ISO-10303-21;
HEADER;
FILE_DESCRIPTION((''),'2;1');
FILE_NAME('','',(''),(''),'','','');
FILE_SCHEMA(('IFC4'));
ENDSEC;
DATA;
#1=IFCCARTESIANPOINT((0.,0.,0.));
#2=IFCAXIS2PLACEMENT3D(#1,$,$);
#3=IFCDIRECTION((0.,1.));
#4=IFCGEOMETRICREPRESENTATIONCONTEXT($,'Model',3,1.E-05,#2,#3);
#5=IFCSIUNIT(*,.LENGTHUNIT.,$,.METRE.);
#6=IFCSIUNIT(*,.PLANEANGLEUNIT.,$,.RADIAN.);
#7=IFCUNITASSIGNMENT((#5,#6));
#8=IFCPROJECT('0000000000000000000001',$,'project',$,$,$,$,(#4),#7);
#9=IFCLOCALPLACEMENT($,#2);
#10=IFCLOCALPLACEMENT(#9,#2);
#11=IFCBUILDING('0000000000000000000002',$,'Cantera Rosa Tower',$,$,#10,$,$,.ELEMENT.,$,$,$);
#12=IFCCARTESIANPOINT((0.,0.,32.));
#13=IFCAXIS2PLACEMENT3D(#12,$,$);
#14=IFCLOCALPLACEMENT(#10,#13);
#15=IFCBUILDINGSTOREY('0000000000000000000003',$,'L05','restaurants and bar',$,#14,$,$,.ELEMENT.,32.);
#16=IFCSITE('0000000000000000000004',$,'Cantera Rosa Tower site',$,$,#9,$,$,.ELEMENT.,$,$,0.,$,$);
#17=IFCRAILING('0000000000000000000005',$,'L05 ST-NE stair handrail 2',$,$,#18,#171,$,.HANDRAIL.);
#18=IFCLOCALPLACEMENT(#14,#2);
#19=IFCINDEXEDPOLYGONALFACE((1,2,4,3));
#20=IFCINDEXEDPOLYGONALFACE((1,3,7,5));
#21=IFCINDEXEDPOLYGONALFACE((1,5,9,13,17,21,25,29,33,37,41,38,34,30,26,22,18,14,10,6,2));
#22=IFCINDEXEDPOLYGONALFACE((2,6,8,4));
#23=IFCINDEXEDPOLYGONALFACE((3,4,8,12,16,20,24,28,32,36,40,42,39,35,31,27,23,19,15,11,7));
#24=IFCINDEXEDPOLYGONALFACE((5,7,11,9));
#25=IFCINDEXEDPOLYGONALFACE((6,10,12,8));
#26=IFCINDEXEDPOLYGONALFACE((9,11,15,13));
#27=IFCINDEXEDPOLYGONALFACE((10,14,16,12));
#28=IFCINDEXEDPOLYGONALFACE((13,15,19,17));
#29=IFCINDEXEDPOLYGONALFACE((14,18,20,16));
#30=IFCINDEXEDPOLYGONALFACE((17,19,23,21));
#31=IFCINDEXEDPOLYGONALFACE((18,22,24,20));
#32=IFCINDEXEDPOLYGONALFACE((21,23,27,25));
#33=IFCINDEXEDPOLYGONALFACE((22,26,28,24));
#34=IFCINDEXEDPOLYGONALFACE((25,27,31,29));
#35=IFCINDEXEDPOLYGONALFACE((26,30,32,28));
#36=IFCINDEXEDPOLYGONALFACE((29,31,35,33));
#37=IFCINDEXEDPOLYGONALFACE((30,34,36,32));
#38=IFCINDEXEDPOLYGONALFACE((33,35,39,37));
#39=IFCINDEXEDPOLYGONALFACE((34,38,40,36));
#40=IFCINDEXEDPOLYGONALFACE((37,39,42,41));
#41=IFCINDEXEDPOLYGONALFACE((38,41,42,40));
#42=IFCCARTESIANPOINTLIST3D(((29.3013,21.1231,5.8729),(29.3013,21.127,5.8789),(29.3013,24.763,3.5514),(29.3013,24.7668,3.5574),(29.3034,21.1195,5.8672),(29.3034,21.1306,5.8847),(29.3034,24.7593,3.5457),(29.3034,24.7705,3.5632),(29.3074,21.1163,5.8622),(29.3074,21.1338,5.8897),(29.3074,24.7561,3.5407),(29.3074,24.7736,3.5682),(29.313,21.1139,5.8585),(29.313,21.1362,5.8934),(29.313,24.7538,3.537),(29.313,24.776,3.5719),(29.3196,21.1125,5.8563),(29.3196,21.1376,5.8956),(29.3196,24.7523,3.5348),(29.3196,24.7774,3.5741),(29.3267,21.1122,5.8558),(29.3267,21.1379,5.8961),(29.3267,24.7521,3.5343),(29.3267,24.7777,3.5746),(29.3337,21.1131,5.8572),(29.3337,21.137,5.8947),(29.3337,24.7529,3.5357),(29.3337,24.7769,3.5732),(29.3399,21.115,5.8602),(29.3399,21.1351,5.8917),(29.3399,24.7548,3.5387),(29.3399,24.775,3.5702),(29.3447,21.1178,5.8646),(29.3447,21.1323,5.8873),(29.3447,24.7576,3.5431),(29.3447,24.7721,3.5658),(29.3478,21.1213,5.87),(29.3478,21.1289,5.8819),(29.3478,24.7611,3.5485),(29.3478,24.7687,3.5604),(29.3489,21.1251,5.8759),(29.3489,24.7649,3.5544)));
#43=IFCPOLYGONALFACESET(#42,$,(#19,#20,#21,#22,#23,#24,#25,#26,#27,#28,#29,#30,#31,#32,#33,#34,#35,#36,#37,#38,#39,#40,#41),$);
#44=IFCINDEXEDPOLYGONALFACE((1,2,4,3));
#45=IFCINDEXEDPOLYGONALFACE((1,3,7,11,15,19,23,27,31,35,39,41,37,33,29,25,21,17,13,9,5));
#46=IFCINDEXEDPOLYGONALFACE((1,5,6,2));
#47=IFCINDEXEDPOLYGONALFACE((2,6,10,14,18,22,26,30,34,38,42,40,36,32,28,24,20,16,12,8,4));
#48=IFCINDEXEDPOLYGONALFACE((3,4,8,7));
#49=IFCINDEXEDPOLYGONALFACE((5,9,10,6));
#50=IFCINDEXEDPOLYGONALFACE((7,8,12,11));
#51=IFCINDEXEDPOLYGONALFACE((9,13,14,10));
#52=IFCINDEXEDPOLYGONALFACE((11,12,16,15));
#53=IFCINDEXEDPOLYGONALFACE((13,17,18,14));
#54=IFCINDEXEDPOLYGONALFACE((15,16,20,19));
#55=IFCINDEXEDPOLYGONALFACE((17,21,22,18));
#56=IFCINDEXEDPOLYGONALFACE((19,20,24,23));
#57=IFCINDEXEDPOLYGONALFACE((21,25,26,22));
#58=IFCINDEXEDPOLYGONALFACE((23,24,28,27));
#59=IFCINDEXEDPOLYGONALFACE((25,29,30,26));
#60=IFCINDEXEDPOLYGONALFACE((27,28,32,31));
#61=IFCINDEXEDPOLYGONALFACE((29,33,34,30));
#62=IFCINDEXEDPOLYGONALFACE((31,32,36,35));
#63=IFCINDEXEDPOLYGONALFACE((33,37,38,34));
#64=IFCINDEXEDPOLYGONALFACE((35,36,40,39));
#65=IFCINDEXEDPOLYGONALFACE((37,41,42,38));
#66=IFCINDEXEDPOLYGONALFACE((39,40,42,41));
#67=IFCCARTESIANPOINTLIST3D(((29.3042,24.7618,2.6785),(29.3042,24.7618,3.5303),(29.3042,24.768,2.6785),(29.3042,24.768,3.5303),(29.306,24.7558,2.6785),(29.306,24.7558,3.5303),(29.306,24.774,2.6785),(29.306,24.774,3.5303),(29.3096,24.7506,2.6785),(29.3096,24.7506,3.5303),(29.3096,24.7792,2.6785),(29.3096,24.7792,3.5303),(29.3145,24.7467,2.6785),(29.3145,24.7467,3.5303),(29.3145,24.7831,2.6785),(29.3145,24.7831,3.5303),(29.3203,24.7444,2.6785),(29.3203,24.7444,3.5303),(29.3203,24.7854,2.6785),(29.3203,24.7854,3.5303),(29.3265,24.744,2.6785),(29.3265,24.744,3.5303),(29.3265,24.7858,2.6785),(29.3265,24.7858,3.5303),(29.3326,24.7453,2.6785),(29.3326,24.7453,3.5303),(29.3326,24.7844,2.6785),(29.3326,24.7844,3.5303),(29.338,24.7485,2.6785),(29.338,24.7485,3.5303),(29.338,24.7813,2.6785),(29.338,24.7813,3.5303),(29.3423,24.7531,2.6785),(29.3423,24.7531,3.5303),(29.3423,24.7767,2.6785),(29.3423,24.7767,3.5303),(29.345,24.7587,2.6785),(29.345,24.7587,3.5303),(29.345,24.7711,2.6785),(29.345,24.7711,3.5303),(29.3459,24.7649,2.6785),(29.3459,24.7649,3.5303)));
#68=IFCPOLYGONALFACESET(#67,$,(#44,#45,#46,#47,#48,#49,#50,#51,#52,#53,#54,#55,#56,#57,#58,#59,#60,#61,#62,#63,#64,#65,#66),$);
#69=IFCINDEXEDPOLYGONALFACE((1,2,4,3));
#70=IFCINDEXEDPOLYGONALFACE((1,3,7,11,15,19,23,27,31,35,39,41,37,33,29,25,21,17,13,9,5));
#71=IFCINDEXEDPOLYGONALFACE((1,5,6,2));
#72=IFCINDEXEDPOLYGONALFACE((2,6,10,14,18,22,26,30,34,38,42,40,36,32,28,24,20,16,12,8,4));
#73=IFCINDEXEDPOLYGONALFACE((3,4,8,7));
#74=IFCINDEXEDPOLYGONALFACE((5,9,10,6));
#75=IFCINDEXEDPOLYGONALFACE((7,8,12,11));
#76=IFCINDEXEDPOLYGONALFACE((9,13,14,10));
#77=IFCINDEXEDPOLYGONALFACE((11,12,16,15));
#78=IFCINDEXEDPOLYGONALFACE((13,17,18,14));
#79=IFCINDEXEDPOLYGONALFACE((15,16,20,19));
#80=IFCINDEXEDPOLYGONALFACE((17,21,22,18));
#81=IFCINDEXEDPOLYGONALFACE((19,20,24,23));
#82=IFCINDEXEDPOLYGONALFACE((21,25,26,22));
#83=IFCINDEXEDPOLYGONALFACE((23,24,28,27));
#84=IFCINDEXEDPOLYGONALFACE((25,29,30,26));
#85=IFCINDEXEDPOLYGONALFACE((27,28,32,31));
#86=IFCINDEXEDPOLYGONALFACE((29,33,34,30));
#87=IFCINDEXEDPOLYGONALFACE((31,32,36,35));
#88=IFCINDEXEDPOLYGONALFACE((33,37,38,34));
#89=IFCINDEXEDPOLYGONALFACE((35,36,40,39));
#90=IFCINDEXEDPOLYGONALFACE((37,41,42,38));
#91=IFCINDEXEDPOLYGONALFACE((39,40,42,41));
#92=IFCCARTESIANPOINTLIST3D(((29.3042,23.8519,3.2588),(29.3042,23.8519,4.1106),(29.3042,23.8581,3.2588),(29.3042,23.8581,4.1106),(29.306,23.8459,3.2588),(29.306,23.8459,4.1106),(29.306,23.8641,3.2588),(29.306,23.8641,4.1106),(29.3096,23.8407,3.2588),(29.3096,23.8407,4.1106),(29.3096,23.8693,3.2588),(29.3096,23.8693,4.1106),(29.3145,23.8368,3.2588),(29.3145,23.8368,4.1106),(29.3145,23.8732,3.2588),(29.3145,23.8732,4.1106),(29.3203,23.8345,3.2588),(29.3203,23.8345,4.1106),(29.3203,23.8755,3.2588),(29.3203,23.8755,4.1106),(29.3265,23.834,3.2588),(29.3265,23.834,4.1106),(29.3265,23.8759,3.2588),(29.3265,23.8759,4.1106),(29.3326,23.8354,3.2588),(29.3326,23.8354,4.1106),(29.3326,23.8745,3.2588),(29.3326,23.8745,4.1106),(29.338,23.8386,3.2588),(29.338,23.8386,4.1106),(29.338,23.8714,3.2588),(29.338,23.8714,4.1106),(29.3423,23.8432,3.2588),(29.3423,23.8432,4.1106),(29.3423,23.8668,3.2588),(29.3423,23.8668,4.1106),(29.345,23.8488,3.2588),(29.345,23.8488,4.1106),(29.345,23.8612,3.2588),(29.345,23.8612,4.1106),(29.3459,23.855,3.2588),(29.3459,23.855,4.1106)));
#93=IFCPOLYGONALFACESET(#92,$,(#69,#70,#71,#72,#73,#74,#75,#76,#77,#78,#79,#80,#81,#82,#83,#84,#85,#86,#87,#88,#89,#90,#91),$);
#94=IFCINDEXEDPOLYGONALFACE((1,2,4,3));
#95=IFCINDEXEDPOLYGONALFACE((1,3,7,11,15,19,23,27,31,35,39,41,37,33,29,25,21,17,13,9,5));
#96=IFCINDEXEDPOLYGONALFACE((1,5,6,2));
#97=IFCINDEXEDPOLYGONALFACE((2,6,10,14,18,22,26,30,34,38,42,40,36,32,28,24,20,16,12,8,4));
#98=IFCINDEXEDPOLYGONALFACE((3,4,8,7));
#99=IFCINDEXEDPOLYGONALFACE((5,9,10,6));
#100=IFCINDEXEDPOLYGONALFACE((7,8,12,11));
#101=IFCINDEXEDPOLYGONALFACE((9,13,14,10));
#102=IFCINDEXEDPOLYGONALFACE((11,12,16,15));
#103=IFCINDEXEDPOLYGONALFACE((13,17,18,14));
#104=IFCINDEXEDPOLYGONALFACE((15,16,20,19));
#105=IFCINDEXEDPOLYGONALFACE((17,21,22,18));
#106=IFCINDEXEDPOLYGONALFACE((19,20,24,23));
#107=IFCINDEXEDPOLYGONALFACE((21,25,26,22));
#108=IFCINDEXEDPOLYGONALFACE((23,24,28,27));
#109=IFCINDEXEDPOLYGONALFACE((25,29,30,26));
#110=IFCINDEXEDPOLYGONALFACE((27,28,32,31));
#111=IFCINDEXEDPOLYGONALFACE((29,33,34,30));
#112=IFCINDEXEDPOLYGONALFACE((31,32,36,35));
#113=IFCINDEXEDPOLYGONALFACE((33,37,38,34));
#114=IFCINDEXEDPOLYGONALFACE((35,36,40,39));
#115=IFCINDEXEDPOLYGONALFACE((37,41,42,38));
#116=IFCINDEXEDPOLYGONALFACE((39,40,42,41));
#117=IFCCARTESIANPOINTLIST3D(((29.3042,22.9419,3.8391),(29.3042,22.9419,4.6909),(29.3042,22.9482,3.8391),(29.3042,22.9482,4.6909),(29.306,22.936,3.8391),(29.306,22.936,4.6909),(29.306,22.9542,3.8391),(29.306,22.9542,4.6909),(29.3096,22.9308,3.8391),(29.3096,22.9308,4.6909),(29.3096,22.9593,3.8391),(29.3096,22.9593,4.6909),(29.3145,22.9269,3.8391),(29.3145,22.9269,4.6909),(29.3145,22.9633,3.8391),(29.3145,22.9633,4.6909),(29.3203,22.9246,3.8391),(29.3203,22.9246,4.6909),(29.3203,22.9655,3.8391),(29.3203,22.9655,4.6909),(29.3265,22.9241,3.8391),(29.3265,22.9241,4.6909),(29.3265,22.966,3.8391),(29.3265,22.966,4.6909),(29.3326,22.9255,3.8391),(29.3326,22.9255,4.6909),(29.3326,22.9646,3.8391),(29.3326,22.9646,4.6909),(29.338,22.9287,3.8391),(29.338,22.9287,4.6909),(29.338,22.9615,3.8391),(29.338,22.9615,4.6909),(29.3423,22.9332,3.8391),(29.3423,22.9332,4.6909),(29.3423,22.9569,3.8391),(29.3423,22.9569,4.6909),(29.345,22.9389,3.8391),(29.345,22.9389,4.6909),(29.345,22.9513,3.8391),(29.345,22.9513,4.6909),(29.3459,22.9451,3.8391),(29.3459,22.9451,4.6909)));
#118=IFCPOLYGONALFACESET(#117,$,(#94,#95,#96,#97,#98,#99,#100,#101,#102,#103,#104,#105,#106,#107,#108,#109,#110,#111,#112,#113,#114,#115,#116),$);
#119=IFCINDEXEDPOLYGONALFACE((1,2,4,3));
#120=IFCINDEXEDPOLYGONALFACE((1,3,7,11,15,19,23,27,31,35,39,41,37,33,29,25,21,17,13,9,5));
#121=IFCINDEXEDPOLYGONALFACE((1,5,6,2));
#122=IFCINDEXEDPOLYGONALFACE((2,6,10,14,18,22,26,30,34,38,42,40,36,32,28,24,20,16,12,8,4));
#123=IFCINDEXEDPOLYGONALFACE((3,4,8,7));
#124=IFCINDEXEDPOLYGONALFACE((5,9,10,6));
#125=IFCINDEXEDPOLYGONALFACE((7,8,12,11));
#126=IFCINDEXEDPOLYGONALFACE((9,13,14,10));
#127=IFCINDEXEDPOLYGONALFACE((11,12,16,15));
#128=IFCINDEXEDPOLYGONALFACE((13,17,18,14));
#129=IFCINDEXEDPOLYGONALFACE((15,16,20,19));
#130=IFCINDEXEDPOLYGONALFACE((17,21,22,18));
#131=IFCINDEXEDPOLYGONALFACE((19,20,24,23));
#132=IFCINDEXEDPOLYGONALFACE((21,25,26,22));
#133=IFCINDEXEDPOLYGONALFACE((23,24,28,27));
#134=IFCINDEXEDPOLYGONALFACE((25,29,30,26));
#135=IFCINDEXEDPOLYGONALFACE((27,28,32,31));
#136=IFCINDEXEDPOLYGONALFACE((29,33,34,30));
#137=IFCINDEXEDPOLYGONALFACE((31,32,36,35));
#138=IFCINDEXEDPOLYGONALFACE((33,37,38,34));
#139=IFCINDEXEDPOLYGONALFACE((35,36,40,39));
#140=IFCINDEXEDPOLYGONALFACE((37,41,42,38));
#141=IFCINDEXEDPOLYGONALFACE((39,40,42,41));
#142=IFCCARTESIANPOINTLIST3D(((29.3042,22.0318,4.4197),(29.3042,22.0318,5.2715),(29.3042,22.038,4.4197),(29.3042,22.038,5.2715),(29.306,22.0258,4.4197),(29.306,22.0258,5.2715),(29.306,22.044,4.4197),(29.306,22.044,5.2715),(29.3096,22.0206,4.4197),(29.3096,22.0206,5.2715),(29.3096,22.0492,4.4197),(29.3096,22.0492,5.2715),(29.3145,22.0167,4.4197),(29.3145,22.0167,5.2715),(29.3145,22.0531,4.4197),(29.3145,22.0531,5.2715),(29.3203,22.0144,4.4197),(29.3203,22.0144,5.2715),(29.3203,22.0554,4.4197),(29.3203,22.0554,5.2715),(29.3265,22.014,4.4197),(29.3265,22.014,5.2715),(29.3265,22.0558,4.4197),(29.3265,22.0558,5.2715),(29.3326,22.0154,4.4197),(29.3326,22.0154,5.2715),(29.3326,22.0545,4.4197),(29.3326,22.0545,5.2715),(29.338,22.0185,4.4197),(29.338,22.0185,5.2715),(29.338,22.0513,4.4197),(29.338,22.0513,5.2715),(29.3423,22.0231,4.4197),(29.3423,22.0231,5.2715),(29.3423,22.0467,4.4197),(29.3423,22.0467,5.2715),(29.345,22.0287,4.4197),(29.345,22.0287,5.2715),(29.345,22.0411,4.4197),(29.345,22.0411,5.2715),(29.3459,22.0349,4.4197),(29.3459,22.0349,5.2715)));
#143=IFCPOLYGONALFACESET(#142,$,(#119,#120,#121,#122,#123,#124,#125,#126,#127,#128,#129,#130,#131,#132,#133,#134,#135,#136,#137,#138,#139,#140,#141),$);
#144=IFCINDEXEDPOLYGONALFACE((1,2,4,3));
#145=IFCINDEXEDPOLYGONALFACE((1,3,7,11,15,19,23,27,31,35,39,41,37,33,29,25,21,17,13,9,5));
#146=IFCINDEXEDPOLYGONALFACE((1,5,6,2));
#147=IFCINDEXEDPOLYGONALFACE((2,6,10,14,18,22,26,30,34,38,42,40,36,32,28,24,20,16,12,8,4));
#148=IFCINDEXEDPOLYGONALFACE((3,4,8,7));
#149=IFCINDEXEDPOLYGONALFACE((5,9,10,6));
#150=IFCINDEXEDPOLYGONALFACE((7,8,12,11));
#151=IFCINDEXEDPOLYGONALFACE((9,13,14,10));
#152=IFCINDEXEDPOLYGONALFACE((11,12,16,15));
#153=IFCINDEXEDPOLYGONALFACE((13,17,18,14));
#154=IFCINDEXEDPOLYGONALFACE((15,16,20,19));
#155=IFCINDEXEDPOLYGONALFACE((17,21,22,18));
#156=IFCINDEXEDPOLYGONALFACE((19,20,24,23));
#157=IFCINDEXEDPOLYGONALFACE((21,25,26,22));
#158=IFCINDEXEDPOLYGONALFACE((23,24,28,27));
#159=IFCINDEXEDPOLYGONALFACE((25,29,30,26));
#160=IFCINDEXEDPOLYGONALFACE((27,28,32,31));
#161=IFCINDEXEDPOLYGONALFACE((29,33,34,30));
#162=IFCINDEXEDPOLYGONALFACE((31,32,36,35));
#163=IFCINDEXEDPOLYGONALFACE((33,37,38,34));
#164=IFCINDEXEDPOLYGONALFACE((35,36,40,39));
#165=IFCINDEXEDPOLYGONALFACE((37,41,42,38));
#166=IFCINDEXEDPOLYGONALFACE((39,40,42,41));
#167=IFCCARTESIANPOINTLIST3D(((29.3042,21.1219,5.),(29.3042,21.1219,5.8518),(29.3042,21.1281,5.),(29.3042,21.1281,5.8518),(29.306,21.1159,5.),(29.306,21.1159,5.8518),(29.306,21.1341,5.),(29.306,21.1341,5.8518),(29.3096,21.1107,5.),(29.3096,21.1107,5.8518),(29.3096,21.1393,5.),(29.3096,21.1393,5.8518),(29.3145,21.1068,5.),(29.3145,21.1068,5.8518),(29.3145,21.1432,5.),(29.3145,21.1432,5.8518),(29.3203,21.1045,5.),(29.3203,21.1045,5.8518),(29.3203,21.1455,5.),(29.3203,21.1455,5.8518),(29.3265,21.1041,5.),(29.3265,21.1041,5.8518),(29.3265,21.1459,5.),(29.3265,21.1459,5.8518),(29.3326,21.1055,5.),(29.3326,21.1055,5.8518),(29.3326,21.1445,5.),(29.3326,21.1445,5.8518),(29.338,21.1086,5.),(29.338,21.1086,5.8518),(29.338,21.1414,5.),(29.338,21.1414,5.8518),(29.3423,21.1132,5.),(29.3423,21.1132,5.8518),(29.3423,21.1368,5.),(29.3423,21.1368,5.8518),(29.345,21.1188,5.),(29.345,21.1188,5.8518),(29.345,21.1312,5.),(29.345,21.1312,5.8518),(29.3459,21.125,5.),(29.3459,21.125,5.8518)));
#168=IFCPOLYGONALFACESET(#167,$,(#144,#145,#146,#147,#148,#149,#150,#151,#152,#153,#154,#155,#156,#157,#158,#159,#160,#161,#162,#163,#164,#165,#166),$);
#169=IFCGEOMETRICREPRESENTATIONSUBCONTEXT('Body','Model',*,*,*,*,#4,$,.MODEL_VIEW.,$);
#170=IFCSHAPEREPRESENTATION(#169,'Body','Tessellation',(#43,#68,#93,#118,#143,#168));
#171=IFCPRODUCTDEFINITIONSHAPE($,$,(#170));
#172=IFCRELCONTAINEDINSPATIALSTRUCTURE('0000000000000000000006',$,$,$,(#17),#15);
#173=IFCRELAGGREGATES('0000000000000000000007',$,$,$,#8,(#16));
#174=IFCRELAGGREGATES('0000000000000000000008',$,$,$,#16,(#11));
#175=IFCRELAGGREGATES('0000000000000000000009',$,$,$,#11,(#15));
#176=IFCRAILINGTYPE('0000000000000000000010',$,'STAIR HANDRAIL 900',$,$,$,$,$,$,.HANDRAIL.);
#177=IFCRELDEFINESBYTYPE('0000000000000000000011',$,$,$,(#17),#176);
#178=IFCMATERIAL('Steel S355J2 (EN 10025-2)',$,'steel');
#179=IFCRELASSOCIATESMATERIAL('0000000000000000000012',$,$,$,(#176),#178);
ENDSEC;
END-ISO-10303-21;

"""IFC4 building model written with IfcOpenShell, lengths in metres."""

from ifc_helpers import new_model, si_unit, direction, frame, origin, origin_2d, place, context, subcontext, project, spatial, circle, extrude, material, type_object, element, save


model = new_model("IFC4")

# Units and contexts
model_context = context("Model", 3, precision=1e-05, world=origin(), true_north=direction((0.0, 1.0)))
body_context = subcontext(model_context, "Body", "Model", "MODEL_VIEW")
ifc_project = project(units=[si_unit("LENGTHUNIT", "METRE"), si_unit("PLANEANGLEUNIT", "RADIAN")], contexts=[model_context])

# Site, building, storey
site_placement = place(None, origin())
site = spatial("IfcSite", under=ifc_project, at=site_placement, Name="Cantera Rosa Tower site", CompositionType="ELEMENT", RefElevation=0.0)
building_placement = place(site_placement, origin())
building = spatial("IfcBuilding", under=site, at=building_placement, Name="Cantera Rosa Tower", CompositionType="ELEMENT")
storey_placement = place(building_placement, frame((0.0, 0.0, 32.0)))
storey = spatial("IfcBuildingStorey", under=building, at=storey_placement, Name="L05", Description="restaurants and bar", CompositionType="ELEMENT", Elevation=32.0)

# Railing
ifc_material_1 = material(Name="Steel S355J2 (EN 10025-2)", Category="steel")
railing_type_1 = type_object("IfcRailingType", Name="STAIR HANDRAIL 900", PredefinedType="HANDRAIL", material=ifc_material_1)
railing_1_placement = place(storey_placement, frame((29.325, 24.7649, 2.6785)))
element("IfcRailing", 1, at=railing_1_placement, inside=storey, type_object=railing_type_1, Name="L05 ST-NE stair handrail 2", PredefinedType="HANDRAIL", context=body_context, shape_type="SweptSolid", body=[
    extrude(circle(Radius=0.0239, at=origin_2d()), frame((0.0, 0.0, 0.876), z_axis=(0.0, -0.843112, 0.537739), x_axis=(1.0, 0.0, 0.0)), (0.0, 0.0, 1.0), 4.3171),
    extrude(circle(Radius=0.021, at=origin_2d()), origin(), (0.0, 0.0, 1.0), 0.8518),
    extrude(circle(Radius=0.021, at=origin_2d()), frame((0.0, -0.9099, 0.5803)), (0.0, 0.0, 1.0), 0.8518),
    extrude(circle(Radius=0.021, at=origin_2d()), frame((0.0, -1.8198, 1.1606)), (0.0, 0.0, 1.0), 0.8518),
    extrude(circle(Radius=0.021, at=origin_2d()), frame((0.0, -2.73, 1.7412)), (0.0, 0.0, 1.0), 0.8518),
    extrude(circle(Radius=0.021, at=origin_2d()), frame((0.0, -3.6399, 2.3215)), (0.0, 0.0, 1.0), 0.8518),
])

save(model, "model.ifc")
